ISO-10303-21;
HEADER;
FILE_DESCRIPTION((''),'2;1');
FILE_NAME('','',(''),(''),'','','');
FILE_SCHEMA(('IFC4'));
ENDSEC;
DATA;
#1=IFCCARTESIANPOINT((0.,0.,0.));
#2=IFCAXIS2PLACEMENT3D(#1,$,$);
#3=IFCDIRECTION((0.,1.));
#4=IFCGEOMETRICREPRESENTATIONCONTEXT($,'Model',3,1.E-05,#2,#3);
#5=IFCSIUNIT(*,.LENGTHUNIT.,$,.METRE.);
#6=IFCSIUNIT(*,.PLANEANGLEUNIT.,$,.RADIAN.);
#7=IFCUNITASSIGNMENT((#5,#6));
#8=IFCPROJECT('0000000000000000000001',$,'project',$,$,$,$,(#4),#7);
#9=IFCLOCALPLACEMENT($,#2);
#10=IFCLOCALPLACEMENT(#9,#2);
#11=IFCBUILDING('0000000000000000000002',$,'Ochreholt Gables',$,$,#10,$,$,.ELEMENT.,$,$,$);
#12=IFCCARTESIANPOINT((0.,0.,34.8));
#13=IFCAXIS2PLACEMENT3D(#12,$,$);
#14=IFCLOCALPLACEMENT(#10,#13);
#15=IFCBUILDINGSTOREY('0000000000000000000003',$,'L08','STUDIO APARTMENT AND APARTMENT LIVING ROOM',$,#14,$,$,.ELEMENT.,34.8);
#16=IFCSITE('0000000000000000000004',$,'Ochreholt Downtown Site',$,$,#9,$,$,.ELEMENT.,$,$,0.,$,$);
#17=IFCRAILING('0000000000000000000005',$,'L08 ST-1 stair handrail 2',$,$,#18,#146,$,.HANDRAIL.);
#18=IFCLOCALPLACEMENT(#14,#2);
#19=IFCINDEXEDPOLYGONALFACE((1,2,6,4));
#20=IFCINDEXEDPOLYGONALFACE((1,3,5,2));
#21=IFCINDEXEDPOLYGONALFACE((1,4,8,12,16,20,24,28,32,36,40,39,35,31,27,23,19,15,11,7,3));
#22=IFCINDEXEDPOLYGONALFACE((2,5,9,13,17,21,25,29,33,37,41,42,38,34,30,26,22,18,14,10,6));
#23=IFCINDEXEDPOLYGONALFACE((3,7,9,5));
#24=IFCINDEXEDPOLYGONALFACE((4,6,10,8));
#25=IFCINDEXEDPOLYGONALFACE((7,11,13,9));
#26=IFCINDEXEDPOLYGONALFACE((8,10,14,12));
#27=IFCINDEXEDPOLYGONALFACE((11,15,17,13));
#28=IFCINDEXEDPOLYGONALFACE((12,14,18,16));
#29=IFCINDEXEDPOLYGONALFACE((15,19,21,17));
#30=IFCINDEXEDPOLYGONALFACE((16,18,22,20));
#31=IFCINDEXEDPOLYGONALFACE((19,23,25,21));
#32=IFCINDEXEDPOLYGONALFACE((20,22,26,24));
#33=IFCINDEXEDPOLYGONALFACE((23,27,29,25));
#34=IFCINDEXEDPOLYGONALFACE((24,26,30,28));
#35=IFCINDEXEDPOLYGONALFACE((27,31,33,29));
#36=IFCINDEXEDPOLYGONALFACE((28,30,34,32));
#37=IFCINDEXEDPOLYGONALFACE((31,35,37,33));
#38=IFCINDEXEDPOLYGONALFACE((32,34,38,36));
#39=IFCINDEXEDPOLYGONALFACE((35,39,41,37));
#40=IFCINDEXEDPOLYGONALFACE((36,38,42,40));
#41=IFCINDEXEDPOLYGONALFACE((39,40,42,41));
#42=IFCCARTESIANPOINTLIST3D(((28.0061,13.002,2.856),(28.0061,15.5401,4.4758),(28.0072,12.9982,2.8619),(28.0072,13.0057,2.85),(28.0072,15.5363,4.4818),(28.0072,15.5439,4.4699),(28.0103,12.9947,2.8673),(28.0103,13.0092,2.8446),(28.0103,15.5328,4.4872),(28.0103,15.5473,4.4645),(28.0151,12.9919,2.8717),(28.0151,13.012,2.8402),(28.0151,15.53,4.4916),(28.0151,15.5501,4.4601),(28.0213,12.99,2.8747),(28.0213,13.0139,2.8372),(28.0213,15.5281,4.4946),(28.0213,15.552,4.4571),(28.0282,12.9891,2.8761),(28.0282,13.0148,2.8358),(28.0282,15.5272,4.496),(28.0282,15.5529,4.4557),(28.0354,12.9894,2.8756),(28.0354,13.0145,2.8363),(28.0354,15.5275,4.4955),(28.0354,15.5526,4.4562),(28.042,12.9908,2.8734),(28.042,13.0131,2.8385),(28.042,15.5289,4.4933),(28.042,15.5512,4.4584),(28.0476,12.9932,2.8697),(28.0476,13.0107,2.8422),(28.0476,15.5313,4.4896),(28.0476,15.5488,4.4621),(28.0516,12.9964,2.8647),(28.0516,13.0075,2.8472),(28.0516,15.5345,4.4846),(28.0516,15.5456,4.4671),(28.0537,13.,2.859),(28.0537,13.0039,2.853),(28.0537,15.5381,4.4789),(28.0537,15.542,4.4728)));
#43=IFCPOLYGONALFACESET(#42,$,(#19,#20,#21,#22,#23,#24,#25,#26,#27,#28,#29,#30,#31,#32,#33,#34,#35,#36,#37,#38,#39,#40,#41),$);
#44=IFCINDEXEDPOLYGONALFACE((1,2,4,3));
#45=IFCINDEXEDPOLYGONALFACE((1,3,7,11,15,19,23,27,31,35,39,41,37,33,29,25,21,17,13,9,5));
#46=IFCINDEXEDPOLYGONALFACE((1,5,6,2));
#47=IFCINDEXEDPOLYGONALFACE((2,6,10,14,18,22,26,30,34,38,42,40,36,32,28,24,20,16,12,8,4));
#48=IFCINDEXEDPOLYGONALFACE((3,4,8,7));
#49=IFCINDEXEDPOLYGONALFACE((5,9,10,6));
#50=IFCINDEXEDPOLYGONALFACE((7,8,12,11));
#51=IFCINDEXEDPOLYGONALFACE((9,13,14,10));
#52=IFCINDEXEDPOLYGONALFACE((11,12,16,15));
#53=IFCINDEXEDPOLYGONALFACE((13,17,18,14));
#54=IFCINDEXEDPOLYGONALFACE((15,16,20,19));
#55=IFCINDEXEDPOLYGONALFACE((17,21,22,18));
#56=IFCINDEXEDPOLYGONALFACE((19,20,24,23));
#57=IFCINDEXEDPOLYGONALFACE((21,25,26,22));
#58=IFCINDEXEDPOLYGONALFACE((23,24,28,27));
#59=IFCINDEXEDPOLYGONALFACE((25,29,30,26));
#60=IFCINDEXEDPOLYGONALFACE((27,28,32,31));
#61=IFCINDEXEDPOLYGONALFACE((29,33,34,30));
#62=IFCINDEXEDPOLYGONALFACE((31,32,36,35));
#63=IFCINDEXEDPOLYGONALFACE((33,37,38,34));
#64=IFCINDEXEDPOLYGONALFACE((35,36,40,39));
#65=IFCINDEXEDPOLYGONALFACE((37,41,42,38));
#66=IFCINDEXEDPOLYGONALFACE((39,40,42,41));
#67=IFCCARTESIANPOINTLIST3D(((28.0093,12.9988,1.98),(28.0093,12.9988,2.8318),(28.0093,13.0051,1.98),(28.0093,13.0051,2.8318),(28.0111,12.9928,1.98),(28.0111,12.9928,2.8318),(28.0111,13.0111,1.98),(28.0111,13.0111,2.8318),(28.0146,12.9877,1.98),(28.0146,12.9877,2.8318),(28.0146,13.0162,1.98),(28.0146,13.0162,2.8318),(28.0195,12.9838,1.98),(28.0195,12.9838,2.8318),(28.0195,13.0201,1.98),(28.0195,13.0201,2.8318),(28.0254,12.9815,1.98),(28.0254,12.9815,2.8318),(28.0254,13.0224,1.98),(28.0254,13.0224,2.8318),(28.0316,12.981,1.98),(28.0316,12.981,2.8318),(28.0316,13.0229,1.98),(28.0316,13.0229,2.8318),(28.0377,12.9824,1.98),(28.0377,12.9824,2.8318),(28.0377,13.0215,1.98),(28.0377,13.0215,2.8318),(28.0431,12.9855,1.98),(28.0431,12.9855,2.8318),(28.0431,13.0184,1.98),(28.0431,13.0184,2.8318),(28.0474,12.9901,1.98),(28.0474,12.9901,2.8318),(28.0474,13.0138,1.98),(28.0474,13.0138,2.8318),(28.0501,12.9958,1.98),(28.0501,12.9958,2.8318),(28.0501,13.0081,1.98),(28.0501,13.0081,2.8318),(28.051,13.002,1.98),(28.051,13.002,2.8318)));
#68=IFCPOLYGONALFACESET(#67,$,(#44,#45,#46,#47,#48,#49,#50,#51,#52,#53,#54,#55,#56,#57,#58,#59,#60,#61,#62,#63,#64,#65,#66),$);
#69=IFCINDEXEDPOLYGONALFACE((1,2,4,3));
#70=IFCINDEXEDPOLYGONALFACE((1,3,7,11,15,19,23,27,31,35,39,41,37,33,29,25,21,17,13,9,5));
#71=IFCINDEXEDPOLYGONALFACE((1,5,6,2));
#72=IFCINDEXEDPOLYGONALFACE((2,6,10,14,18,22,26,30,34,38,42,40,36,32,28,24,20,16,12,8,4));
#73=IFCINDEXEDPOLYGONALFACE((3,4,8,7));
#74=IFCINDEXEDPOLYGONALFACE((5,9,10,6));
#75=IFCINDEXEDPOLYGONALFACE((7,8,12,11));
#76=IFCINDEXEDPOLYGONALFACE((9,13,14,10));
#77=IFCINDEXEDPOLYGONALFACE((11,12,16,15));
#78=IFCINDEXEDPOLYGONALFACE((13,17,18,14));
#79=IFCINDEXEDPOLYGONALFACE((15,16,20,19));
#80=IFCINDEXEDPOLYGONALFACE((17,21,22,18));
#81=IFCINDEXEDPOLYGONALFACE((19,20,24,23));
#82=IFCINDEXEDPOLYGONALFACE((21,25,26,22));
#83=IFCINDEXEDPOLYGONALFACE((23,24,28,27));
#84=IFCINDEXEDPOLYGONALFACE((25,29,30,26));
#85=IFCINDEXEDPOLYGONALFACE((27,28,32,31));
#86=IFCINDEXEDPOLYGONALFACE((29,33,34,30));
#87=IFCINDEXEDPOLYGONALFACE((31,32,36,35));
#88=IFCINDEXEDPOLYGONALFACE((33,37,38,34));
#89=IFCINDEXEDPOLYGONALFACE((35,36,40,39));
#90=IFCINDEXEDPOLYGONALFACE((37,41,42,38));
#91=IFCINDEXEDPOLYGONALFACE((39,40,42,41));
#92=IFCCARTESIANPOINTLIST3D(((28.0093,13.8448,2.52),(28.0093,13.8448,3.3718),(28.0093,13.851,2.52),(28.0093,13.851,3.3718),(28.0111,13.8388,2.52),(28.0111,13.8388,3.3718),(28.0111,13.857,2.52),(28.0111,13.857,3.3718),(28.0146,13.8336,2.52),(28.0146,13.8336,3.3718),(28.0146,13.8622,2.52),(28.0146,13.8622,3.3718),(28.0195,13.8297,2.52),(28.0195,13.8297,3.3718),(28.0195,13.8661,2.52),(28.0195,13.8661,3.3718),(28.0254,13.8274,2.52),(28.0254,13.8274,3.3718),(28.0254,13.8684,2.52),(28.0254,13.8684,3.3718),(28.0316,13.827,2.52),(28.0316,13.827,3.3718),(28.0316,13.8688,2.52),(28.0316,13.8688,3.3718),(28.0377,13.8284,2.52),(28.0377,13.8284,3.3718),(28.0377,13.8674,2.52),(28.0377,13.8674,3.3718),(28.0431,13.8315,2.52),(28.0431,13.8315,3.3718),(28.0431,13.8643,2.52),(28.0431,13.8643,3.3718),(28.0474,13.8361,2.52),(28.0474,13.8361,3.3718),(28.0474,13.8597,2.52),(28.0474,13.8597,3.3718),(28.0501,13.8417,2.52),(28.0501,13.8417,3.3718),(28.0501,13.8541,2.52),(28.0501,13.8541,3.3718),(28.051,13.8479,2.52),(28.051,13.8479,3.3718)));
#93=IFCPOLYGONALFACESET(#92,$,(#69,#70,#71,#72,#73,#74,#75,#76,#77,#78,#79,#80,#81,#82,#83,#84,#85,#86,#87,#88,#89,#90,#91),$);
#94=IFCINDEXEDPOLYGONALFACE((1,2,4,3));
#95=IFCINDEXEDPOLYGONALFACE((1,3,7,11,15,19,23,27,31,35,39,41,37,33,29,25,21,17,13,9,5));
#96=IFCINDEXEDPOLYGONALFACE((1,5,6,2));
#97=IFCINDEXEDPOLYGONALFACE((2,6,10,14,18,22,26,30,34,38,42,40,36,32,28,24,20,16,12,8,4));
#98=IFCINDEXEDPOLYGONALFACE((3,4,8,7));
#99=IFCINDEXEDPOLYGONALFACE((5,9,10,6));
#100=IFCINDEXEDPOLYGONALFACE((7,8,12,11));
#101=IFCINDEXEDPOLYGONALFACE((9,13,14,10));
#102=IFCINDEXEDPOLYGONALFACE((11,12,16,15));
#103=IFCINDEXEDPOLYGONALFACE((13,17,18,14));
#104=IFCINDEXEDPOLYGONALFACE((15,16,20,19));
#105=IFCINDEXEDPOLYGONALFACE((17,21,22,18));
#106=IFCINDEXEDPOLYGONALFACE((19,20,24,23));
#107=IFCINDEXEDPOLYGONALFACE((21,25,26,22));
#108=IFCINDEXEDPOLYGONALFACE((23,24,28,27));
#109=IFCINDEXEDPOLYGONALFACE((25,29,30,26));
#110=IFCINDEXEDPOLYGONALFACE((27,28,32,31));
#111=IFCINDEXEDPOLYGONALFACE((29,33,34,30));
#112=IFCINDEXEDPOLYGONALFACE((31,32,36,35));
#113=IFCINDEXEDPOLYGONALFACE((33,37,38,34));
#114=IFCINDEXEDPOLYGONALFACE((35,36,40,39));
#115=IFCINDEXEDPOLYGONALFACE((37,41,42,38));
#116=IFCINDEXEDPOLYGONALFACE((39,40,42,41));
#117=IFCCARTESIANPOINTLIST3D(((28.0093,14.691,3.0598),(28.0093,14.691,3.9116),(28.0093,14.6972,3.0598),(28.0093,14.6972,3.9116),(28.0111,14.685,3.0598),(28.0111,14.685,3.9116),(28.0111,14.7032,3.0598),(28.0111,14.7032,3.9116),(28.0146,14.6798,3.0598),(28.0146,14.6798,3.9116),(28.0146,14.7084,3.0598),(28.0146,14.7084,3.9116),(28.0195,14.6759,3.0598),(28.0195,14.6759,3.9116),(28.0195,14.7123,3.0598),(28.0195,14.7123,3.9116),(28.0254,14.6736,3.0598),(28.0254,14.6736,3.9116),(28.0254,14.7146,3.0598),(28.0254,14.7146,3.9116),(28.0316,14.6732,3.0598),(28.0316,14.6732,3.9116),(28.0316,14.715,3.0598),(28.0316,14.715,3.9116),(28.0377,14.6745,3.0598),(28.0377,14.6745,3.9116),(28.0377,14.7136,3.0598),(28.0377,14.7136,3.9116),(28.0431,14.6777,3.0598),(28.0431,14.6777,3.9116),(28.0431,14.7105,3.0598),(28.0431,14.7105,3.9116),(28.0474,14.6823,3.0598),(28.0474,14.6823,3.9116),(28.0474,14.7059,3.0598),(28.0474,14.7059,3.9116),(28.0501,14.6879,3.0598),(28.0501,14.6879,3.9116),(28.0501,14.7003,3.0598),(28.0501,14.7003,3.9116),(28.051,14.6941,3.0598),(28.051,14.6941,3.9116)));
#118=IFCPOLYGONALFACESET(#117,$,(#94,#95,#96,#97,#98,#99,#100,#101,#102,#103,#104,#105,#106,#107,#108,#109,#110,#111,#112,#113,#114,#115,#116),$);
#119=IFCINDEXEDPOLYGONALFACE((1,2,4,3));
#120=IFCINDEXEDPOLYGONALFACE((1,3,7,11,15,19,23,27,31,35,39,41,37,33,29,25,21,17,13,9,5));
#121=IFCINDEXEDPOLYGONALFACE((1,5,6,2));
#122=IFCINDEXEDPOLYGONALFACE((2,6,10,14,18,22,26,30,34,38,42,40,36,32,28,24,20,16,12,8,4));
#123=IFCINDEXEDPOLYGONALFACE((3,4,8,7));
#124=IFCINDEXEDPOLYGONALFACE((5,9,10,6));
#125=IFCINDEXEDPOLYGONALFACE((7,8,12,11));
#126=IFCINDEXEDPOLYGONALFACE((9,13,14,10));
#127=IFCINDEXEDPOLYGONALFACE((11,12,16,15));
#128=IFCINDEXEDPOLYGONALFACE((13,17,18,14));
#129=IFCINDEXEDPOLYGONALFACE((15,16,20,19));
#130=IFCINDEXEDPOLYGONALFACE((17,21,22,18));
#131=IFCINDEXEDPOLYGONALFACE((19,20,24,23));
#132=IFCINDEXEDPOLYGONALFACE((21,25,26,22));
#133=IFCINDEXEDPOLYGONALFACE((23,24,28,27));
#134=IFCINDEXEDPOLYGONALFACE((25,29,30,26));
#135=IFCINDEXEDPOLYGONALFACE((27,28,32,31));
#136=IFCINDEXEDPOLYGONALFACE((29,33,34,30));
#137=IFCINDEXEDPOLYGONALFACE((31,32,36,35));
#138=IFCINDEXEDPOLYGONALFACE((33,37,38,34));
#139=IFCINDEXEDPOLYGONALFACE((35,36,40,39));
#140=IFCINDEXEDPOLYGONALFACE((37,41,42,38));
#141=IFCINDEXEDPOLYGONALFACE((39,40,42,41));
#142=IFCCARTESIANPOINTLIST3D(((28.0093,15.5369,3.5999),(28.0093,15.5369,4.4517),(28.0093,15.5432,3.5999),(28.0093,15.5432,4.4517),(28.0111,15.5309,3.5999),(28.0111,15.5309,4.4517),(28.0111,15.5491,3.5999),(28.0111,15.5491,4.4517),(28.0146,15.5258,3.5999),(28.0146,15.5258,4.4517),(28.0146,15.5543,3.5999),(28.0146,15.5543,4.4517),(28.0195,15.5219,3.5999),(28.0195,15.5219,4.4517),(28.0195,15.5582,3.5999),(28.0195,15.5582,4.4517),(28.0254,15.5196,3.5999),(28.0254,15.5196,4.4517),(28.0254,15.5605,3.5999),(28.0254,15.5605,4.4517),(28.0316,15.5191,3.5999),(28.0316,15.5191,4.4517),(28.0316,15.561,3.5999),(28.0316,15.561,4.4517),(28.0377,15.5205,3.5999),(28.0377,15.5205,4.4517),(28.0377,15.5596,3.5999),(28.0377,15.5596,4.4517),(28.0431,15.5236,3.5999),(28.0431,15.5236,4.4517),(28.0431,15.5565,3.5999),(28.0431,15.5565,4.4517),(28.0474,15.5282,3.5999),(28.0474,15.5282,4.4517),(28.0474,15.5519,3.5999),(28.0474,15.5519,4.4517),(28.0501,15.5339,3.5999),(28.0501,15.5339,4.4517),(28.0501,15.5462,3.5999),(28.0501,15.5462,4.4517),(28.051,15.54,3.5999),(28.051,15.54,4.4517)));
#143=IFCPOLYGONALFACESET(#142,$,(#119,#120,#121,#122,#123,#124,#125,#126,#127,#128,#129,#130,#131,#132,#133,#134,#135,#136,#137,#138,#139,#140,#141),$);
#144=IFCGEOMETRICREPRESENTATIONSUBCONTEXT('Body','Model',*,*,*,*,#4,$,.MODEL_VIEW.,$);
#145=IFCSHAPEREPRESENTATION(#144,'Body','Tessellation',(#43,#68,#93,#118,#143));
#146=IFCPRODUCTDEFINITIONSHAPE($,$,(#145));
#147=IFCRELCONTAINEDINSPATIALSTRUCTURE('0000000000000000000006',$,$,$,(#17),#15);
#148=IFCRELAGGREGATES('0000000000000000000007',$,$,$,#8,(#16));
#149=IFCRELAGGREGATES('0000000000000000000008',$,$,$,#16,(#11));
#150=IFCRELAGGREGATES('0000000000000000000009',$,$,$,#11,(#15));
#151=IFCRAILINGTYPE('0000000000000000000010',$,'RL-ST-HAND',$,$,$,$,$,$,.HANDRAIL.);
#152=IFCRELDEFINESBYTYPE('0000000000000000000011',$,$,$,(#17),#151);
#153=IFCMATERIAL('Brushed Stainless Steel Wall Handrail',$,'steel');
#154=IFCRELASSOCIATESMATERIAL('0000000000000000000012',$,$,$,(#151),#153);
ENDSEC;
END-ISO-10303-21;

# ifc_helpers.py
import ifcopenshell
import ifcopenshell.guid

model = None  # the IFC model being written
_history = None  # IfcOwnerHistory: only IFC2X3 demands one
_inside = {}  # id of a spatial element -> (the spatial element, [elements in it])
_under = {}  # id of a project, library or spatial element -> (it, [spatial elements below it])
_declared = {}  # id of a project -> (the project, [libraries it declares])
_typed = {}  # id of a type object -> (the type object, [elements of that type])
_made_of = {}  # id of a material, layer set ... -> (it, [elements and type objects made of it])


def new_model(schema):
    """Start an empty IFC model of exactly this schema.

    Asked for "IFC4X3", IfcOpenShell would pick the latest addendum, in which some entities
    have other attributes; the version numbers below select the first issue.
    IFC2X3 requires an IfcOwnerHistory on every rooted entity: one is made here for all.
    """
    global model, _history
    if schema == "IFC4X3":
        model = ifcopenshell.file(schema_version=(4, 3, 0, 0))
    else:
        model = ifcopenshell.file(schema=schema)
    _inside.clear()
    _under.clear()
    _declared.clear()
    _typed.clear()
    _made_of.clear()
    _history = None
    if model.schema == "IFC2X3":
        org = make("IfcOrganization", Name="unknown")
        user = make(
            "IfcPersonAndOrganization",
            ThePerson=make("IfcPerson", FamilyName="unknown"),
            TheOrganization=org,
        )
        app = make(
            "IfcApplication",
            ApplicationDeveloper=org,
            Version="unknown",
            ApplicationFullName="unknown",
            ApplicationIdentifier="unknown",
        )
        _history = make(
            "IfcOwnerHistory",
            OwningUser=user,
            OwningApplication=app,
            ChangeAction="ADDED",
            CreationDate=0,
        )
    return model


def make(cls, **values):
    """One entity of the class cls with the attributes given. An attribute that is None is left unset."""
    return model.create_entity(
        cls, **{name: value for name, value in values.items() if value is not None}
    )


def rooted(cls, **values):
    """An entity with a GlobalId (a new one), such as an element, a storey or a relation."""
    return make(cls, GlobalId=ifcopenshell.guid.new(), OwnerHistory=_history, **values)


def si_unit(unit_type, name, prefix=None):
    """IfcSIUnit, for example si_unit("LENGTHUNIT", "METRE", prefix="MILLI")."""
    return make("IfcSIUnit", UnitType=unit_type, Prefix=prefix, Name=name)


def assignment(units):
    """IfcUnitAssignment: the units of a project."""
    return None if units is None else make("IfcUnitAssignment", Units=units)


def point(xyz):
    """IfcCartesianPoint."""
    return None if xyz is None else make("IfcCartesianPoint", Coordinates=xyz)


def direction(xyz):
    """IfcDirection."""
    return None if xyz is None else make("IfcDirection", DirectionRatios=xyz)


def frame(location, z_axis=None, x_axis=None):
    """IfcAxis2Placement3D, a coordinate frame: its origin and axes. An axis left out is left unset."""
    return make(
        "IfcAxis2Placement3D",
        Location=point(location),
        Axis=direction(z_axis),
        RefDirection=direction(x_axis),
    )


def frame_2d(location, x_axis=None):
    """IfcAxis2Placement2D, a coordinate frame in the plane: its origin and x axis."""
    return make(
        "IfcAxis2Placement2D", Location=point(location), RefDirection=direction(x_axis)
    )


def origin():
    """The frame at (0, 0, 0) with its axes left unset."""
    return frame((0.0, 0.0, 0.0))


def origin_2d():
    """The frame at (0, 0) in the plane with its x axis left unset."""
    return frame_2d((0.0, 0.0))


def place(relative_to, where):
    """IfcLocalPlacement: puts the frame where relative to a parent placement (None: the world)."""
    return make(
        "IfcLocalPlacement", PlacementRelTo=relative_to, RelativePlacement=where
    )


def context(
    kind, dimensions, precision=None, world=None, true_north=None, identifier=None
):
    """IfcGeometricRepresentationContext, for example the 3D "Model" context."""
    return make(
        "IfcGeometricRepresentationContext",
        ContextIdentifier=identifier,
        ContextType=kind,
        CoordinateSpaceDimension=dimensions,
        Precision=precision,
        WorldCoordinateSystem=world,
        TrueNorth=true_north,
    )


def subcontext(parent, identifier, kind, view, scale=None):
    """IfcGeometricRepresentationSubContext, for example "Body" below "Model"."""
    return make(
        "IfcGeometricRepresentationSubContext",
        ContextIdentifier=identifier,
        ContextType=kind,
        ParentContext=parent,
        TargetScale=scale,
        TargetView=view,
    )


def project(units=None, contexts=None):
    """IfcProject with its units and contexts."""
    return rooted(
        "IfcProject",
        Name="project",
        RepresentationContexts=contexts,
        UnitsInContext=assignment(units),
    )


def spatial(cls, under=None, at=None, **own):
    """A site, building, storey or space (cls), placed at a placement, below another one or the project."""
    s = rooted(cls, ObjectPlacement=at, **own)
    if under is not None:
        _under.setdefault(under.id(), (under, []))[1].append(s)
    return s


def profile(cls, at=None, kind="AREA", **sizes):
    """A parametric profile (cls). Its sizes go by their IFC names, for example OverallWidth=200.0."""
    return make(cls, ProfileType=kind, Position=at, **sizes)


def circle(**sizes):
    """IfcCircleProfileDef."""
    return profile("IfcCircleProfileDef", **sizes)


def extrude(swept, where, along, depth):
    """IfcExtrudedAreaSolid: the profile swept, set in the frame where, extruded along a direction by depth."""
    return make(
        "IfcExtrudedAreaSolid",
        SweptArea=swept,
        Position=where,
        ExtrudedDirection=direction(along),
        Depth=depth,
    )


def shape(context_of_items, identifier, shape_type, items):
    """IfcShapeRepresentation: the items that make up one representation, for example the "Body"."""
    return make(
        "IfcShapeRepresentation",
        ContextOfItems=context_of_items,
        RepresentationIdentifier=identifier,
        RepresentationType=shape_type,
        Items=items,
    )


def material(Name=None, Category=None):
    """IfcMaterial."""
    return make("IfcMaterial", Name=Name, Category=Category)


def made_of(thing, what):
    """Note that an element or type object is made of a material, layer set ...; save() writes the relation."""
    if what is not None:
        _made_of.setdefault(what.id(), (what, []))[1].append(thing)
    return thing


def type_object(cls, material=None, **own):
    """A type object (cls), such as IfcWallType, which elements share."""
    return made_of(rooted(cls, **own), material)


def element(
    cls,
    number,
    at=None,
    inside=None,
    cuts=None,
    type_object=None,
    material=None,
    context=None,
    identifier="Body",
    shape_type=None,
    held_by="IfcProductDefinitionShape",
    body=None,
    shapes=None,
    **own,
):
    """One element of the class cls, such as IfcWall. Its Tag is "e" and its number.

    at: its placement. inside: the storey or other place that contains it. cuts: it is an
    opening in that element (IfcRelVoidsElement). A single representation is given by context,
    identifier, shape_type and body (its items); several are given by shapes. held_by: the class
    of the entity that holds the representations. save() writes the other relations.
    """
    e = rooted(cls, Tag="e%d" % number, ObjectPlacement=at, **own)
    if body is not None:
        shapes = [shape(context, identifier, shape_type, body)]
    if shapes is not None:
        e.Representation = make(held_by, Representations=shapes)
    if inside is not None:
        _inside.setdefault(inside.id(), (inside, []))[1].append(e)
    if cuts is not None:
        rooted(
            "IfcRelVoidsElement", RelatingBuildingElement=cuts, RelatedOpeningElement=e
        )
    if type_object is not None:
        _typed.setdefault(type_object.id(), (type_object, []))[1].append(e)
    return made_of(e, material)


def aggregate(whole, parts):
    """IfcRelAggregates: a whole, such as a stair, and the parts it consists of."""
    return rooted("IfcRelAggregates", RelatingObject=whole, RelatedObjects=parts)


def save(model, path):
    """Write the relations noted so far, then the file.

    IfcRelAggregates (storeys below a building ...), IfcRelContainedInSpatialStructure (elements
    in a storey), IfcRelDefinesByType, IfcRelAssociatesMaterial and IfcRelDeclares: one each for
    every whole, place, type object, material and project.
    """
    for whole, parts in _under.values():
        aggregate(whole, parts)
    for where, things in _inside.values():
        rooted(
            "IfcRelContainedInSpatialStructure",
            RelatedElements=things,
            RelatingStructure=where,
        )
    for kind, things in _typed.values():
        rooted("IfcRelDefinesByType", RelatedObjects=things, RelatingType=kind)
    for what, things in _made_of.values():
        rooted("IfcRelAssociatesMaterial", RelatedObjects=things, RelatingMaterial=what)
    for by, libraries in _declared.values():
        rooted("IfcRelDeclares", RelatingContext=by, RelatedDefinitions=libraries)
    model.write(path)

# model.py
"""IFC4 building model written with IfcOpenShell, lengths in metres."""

from ifc_helpers import new_model, si_unit, direction, frame, origin, origin_2d, place, context, subcontext, project, spatial, circle, extrude, material, type_object, element, save


model = new_model("IFC4")

# Units and contexts
model_context = context("Model", 3, precision=1e-05, world=origin(), true_north=direction((0.0, 1.0)))
body_context = subcontext(model_context, "Body", "Model", "MODEL_VIEW")
ifc_project = project(units=[si_unit("LENGTHUNIT", "METRE"), si_unit("PLANEANGLEUNIT", "RADIAN")], contexts=[model_context])

# Site, building, storey
site_placement = place(None, origin())
site = spatial("IfcSite", under=ifc_project, at=site_placement, Name="Ochreholt Downtown Site", CompositionType="ELEMENT", RefElevation=0.0)
building_placement = place(site_placement, origin())
building = spatial("IfcBuilding", under=site, at=building_placement, Name="Ochreholt Gables", CompositionType="ELEMENT")
storey_placement = place(building_placement, frame((0.0, 0.0, 34.8)))
storey = spatial("IfcBuildingStorey", under=building, at=storey_placement, Name="L08", Description="STUDIO APARTMENT AND APARTMENT LIVING ROOM", CompositionType="ELEMENT", Elevation=34.8)

# Railing
ifc_material_1 = material(Name="Brushed Stainless Steel Wall Handrail", Category="steel")
railing_type_1 = type_object("IfcRailingType", Name="RL-ST-HAND", PredefinedType="HANDRAIL", material=ifc_material_1)
railing_1_placement = place(storey_placement, frame((28.03, 13.002, 1.98)))
element("IfcRailing", 1, at=railing_1_placement, inside=storey, type_object=railing_type_1, Name="L08 ST-1 stair handrail 2", PredefinedType="HANDRAIL", context=body_context, shape_type="SweptSolid", body=[
    extrude(circle(Radius=0.0239, at=origin_2d()), frame((0.0, 0.0, 0.876), z_axis=(0.0, 0.84295, 0.537993), x_axis=(-1.0, 0.0, 0.0)), (0.0, 0.0, 1.0), 3.011),
    extrude(circle(Radius=0.021, at=origin_2d()), origin(), (0.0, 0.0, 1.0), 0.8518),
    extrude(circle(Radius=0.021, at=origin_2d()), frame((0.0, 0.8459, 0.54)), (0.0, 0.0, 1.0), 0.8518),
    extrude(circle(Radius=0.021, at=origin_2d()), frame((0.0, 1.6921, 1.0798)), (0.0, 0.0, 1.0), 0.8518),
    extrude(circle(Radius=0.021, at=origin_2d()), frame((0.0, 2.5381, 1.6199)), (0.0, 0.0, 1.0), 0.8518),
])

save(model, "model.ifc")
